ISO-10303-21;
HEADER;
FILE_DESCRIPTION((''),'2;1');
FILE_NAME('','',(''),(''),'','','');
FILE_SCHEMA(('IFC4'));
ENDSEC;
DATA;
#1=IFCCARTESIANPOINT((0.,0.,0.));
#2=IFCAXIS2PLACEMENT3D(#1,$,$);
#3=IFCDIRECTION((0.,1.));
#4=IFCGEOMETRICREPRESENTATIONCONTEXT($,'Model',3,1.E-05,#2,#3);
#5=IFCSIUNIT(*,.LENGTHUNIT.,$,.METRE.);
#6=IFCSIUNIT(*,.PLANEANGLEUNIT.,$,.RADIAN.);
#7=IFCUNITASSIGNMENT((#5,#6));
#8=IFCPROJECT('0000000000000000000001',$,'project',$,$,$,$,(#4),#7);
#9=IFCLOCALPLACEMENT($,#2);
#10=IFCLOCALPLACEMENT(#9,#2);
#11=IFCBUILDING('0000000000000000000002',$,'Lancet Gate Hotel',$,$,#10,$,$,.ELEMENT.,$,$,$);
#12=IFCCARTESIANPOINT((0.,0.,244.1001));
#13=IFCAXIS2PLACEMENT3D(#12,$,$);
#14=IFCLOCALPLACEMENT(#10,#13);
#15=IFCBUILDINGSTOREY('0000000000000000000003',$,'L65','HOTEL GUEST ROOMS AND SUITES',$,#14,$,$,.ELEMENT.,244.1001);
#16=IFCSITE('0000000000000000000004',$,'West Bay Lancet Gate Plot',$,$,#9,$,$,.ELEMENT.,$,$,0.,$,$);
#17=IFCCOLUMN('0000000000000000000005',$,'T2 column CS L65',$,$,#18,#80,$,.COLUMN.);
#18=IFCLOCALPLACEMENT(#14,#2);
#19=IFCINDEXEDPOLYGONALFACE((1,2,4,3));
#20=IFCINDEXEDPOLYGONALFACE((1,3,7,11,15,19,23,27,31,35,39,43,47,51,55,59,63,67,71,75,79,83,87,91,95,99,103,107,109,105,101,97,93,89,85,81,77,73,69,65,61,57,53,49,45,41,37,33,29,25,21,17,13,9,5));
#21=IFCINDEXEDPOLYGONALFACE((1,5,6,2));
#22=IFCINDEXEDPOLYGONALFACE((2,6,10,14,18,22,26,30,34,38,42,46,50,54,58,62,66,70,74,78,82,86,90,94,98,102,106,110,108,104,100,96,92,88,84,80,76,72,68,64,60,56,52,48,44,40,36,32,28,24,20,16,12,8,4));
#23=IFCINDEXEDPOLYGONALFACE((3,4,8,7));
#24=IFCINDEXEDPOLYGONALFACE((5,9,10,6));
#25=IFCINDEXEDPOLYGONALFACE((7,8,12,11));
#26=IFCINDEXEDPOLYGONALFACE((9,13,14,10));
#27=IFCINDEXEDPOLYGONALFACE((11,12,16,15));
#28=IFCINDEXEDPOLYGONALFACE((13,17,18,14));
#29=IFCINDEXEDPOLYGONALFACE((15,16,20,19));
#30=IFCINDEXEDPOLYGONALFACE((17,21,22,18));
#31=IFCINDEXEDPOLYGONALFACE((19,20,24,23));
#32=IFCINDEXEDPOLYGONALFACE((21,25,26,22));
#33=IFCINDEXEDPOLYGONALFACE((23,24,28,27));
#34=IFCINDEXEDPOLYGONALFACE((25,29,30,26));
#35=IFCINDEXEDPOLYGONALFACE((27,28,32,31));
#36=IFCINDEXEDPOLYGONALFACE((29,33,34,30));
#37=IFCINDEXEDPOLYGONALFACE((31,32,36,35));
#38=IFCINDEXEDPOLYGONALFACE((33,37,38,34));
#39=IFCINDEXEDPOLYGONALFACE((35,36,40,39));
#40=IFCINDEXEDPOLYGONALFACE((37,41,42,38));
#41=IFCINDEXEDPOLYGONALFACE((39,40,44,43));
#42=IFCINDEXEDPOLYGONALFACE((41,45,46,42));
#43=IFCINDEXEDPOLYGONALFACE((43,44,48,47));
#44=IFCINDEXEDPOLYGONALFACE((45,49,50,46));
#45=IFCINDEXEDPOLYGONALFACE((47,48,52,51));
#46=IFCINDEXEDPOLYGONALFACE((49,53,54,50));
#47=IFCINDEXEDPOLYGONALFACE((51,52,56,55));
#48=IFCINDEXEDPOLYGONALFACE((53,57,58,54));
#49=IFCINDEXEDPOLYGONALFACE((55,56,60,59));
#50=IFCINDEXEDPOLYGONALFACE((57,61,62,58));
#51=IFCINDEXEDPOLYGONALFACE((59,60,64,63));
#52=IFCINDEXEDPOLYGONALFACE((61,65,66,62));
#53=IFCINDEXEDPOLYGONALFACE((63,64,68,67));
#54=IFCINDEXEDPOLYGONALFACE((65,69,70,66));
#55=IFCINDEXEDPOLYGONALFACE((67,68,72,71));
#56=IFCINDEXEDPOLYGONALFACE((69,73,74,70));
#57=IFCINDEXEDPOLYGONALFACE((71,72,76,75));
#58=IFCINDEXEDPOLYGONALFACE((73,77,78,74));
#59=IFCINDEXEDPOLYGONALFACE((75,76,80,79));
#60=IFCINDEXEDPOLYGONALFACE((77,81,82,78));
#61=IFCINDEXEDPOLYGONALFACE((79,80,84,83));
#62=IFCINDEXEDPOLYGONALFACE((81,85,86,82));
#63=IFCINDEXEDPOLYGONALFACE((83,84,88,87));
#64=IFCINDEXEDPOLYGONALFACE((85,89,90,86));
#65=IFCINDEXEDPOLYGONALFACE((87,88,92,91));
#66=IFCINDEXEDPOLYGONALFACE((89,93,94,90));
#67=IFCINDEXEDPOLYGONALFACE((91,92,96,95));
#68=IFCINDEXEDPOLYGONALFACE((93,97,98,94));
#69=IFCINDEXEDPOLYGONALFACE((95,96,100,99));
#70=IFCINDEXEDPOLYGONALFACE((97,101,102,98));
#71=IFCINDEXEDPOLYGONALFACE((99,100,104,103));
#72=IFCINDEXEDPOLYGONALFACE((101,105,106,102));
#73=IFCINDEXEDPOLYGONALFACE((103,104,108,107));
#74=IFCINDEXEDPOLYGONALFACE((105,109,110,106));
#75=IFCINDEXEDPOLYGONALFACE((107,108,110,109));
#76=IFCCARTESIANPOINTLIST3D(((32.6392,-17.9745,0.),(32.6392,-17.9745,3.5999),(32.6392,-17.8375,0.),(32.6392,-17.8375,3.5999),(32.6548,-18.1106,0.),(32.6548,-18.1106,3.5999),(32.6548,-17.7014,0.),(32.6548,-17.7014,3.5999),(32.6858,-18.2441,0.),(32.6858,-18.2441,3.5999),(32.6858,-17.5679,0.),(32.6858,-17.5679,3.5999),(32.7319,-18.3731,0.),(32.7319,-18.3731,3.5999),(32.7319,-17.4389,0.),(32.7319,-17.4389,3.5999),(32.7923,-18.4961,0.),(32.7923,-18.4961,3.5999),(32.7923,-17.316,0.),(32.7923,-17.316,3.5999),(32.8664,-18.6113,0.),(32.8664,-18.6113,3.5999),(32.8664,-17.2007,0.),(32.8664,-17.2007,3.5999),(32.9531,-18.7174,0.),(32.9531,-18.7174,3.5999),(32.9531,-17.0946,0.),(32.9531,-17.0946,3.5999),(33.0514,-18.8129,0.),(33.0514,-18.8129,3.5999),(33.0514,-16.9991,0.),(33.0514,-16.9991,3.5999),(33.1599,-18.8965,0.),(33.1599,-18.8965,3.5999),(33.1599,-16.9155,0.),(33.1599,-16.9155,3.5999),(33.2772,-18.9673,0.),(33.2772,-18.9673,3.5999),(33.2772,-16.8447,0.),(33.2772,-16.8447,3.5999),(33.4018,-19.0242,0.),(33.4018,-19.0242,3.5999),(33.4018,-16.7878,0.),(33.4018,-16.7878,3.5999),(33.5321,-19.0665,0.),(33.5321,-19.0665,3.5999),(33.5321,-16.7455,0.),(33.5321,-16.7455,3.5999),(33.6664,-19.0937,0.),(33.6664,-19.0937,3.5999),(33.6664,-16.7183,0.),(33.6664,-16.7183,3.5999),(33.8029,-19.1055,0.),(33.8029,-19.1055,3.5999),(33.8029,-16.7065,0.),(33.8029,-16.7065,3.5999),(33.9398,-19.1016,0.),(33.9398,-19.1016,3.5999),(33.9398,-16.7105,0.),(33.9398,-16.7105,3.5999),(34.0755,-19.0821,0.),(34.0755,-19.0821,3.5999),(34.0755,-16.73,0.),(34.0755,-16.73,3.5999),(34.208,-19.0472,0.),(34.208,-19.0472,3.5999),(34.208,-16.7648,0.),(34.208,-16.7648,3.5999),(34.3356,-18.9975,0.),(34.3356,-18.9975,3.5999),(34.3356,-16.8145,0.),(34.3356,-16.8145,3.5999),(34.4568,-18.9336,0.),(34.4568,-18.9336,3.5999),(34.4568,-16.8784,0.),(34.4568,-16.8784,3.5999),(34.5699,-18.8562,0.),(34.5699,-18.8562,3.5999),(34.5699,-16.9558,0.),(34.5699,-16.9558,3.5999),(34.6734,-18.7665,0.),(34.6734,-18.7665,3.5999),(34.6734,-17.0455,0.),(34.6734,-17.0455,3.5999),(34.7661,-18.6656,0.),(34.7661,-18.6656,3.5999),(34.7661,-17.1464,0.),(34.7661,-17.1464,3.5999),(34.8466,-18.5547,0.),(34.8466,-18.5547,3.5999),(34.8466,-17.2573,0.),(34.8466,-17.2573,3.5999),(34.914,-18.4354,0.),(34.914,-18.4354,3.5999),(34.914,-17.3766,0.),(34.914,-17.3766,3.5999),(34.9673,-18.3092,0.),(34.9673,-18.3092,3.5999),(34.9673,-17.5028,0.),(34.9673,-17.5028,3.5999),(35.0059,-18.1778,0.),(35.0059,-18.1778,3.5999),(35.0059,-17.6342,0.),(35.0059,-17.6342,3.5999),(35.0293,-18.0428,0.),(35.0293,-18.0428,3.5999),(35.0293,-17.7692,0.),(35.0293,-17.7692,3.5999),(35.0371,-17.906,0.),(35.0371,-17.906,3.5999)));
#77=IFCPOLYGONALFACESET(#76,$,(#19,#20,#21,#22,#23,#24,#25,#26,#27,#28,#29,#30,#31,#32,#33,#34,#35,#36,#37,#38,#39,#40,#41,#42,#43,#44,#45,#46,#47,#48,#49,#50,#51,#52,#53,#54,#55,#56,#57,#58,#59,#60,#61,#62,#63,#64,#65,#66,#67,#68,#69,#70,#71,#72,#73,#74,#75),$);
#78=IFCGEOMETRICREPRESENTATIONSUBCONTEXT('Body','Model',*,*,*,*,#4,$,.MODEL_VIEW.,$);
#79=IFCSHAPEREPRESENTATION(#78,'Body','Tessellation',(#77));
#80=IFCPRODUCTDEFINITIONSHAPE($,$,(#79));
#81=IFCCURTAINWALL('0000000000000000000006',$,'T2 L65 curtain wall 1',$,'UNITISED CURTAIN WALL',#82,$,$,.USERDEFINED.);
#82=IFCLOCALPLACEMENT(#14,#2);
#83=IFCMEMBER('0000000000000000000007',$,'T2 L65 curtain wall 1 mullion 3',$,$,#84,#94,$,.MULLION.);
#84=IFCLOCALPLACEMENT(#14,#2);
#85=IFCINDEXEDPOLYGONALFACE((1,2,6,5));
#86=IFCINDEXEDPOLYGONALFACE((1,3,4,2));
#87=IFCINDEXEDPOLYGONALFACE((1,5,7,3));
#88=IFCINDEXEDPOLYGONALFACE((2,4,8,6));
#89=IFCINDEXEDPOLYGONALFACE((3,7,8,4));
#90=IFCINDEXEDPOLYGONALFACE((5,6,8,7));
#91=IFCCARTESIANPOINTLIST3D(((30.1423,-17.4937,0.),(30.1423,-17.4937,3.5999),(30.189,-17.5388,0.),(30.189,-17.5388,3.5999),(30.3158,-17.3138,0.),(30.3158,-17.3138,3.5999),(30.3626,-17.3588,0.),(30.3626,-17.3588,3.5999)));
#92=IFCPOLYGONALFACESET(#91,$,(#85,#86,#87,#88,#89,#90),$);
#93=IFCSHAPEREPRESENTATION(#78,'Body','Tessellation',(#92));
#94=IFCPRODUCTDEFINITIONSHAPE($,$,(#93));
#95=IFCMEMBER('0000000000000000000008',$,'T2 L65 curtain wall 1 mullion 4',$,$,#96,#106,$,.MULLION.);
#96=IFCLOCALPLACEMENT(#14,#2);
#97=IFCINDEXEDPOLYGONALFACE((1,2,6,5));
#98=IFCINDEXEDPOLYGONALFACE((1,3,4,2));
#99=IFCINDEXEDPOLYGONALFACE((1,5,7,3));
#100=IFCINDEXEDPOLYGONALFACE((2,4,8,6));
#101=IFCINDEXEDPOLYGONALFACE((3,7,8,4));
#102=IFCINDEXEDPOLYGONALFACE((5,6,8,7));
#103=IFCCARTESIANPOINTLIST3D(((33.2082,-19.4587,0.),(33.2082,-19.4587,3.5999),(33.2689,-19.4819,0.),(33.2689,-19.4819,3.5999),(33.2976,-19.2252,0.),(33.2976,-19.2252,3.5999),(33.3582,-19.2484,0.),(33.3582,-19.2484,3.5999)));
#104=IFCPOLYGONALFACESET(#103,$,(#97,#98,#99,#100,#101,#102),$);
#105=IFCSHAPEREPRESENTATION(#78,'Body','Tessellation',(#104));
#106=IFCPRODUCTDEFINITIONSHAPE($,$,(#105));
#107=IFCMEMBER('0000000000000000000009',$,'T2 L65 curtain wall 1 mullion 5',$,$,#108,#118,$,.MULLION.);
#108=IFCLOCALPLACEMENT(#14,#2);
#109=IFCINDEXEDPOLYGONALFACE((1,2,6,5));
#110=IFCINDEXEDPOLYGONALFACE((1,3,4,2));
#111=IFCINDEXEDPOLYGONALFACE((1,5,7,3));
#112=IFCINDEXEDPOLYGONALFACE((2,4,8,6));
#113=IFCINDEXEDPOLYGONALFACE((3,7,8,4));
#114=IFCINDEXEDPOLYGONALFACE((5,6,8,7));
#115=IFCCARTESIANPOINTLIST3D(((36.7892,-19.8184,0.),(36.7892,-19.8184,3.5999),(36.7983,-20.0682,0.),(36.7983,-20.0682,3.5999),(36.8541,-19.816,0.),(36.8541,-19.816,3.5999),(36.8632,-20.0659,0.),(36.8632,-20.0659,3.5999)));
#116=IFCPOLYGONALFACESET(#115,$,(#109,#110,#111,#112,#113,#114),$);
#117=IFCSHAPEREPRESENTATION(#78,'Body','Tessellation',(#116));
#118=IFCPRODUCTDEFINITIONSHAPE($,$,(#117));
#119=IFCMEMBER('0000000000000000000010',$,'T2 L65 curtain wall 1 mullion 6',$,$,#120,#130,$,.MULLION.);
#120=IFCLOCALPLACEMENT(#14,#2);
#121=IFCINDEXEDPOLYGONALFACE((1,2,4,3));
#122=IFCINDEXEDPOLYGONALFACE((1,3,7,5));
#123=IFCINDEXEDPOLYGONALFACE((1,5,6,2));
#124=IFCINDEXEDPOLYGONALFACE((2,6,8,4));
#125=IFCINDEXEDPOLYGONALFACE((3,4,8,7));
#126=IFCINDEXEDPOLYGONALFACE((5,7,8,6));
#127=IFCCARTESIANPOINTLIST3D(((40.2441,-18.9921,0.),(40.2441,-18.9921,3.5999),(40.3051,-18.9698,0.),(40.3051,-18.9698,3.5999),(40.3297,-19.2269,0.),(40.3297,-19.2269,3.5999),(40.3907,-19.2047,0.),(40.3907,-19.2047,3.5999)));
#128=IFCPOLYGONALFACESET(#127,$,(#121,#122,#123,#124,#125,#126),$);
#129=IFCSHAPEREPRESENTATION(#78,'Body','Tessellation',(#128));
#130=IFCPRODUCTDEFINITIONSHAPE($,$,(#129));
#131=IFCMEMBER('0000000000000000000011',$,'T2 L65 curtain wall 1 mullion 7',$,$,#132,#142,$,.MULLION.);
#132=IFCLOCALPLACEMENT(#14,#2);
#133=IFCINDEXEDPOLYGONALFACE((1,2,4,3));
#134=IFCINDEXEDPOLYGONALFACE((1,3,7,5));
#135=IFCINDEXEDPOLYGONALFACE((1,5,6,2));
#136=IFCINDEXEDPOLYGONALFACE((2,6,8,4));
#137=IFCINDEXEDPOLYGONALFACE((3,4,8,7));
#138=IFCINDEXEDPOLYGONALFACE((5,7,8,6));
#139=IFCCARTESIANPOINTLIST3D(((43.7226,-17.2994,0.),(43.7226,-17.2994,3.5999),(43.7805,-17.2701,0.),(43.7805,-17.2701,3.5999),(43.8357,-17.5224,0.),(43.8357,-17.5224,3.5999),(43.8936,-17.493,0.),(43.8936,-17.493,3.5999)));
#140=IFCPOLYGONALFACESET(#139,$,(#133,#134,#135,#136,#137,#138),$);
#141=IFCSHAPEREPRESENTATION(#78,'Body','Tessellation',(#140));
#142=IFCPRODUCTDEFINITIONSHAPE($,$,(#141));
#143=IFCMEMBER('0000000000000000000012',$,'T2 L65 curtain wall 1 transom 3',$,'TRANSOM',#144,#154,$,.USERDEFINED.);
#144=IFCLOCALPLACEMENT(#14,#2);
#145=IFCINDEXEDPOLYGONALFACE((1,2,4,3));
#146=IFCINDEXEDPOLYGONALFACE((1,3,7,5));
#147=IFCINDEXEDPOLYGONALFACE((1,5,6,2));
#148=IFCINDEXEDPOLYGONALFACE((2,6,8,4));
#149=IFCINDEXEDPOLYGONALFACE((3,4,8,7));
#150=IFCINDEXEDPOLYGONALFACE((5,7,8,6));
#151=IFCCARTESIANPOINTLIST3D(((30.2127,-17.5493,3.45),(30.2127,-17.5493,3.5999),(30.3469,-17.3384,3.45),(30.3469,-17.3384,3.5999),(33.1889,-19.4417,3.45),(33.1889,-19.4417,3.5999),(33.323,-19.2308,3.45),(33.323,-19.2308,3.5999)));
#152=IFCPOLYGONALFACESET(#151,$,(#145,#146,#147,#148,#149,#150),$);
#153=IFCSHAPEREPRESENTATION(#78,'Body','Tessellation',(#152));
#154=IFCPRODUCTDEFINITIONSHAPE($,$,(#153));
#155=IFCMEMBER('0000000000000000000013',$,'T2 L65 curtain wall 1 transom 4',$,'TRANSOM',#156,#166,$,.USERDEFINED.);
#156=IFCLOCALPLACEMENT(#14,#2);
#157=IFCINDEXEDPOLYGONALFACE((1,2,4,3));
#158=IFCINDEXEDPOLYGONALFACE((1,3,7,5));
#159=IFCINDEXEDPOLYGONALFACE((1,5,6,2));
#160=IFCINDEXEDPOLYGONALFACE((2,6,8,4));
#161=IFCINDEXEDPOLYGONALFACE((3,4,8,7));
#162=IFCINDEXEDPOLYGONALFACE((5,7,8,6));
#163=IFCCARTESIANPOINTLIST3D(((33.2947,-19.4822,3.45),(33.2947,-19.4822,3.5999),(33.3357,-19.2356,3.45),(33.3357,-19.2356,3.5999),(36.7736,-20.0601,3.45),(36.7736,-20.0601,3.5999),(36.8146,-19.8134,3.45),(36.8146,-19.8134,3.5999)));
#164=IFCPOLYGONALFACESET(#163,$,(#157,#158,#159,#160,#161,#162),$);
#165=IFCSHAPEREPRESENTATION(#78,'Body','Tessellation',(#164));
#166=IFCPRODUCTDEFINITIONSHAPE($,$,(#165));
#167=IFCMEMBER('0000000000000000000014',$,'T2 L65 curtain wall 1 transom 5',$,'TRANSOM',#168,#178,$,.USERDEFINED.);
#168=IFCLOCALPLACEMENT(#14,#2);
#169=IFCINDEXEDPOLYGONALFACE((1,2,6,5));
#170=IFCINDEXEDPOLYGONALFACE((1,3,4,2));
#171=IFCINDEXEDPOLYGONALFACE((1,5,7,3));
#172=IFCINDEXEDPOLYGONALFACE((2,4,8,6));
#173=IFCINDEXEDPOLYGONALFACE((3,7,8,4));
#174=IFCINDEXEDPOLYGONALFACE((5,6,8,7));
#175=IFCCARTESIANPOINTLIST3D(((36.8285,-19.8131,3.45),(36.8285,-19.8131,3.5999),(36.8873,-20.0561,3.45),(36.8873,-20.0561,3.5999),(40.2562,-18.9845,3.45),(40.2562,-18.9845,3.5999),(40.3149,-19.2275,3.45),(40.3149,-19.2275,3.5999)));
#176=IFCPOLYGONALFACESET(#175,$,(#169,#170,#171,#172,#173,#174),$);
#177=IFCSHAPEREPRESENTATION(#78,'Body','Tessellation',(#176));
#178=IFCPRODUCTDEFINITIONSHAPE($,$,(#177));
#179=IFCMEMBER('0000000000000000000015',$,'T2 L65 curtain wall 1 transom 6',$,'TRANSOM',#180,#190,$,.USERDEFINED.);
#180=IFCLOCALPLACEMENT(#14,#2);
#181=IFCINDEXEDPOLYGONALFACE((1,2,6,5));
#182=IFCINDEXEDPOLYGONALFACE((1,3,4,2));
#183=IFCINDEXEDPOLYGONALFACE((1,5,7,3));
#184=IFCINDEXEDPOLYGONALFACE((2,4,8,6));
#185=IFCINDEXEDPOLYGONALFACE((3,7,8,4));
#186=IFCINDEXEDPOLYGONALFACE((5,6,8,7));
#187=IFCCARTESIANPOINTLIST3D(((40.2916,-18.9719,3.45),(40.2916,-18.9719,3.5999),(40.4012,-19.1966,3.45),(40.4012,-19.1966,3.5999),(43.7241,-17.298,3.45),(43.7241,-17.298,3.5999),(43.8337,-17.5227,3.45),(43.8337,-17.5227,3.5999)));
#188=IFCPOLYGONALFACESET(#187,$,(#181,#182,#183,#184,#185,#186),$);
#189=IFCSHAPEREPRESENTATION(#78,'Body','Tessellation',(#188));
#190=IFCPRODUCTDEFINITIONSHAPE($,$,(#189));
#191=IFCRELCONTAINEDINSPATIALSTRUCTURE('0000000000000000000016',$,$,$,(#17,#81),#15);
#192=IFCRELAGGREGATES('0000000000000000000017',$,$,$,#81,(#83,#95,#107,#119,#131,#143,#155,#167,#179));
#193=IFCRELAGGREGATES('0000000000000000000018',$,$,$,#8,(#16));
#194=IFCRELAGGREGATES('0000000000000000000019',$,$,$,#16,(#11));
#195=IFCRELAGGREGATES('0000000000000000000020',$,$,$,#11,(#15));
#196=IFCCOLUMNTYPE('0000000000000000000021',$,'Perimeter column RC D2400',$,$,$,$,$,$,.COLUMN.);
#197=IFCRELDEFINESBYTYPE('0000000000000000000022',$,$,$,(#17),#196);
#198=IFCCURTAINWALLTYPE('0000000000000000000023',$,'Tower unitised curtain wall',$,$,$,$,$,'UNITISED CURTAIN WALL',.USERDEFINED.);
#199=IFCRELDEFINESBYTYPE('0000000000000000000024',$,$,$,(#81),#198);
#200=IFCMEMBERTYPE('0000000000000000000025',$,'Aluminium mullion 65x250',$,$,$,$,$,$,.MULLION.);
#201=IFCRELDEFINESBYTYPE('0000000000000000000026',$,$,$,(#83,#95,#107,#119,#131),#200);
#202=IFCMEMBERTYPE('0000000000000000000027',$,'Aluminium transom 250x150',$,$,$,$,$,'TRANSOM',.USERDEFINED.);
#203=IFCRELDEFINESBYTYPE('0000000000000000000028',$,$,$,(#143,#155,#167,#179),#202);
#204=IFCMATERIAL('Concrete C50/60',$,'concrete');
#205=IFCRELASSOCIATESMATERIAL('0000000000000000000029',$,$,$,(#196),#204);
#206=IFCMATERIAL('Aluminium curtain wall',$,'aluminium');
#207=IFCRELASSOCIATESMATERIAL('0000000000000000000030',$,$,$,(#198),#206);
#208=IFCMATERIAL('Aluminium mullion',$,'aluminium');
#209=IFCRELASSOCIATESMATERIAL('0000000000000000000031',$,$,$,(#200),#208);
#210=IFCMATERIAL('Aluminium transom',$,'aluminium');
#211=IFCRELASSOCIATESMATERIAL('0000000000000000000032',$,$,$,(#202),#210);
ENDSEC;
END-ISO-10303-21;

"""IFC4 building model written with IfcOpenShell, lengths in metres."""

from ifc_helpers import new_model, si_unit, direction, frame, origin, origin_2d, place, context, subcontext, project, spatial, rectangle, circle, extrude, material, material_profile, profile_set, type_object, element, aggregate, save


model = new_model("IFC4")

# Units and contexts
model_context = context("Model", 3, precision=1e-05, world=origin(), true_north=direction((0.0, 1.0)))
body_context = subcontext(model_context, "Body", "Model", "MODEL_VIEW")
ifc_project = project(units=[si_unit("LENGTHUNIT", "METRE"), si_unit("PLANEANGLEUNIT", "RADIAN")], contexts=[model_context])

# Site, building, storey
site_placement = place(None, origin())
site = spatial("IfcSite", under=ifc_project, at=site_placement, Name="West Bay Lancet Gate Plot", CompositionType="ELEMENT", RefElevation=0.0)
building_placement = place(site_placement, origin())
building = spatial("IfcBuilding", under=site, at=building_placement, Name="Lancet Gate Hotel", CompositionType="ELEMENT")
storey_placement = place(building_placement, frame((0.0, 0.0, 244.1001)))
storey = spatial("IfcBuildingStorey", under=building, at=storey_placement, Name="L65", Description="HOTEL GUEST ROOMS AND SUITES", CompositionType="ELEMENT", Elevation=244.1001)

# Column
ifc_material_1 = material(Name="Concrete C50/60", Category="concrete")
ifc_material_profile_1 = material_profile(ifc_material_1, circle(Radius=1.2, at=origin_2d()), Name="RC D2400")
ifc_profile_set_1 = profile_set([ifc_material_profile_1], Name="Concrete C50/60")
column_type = type_object("IfcColumnType", Name="Perimeter column RC D2400", PredefinedType="COLUMN", material=ifc_profile_set_1)
column_placement = place(storey_placement, frame((33.8372, -17.906, 0.0), z_axis=(0.0, 0.0, 1.0), x_axis=(1.0, 0.0, 0.0)))
element("IfcColumn", 1, at=column_placement, inside=storey, type_object=column_type, Name="T2 column CS L65", PredefinedType="COLUMN", context=body_context, shape_type="SweptSolid", body=[
    extrude(circle(Radius=1.2, at=origin_2d()), origin(), (0.0, 0.0, 1.0), 3.5999),
])

# Curtain wall, members
ifc_material_2 = material(Name="Aluminium curtain wall", Category="aluminium")
curtain_wall_type = type_object("IfcCurtainWallType", Name="Tower unitised curtain wall", ElementType="UNITISED CURTAIN WALL", PredefinedType="USERDEFINED", material=ifc_material_2)
curtain_wall_placement = place(storey_placement, origin())
curtain_wall = element("IfcCurtainWall", 2, at=curtain_wall_placement, inside=storey, type_object=curtain_wall_type, Name="T2 L65 curtain wall 1", ObjectType="UNITISED CURTAIN WALL", PredefinedType="USERDEFINED")
ifc_material_3 = material(Name="Aluminium mullion", Category="aluminium")
ifc_material_profile_2 = material_profile(ifc_material_3, rectangle(XDim=0.0649, YDim=0.25, at=origin_2d()), Name="MULLION 65x250")
ifc_profile_set_2 = profile_set([ifc_material_profile_2], Name="Aluminium mullion")
member_type_1 = type_object("IfcMemberType", Name="Aluminium mullion 65x250", PredefinedType="MULLION", material=ifc_profile_set_2)
member_1_placement = place(storey_placement, frame((30.2524, -17.4263, 0.0), z_axis=(0.0, 0.0, 1.0), x_axis=(0.719809, -0.694172, 0.0)))
member_1 = element("IfcMember", 3, at=member_1_placement, type_object=member_type_1, Name="T2 L65 curtain wall 1 mullion 3", PredefinedType="MULLION", context=body_context, shape_type="SweptSolid", body=[
    extrude(rectangle(XDim=0.0649, YDim=0.25, at=origin_2d()), origin(), (0.0, 0.0, 1.0), 3.5999),
])
member_2_placement = place(storey_placement, frame((33.2832, -19.3535, 0.0), z_axis=(0.0, 0.0, 1.0), x_axis=(0.933943, -0.357421, 0.0)))
member_2 = element("IfcMember", 4, at=member_2_placement, type_object=member_type_1, Name="T2 L65 curtain wall 1 mullion 4", PredefinedType="MULLION", context=body_context, shape_type="SweptSolid", body=[
    extrude(rectangle(XDim=0.0649, YDim=0.25, at=origin_2d()), origin(), (0.0, 0.0, 1.0), 3.5999),
])
member_3_placement = place(storey_placement, frame((36.8262, -19.9421, 0.0), z_axis=(0.0, 0.0, 1.0), x_axis=(0.999343, 0.03625, 0.0)))
member_3 = element("IfcMember", 5, at=member_3_placement, type_object=member_type_1, Name="T2 L65 curtain wall 1 mullion 5", PredefinedType="MULLION", context=body_context, shape_type="SweptSolid", body=[
    extrude(rectangle(XDim=0.0649, YDim=0.25, at=origin_2d()), origin(), (0.0, 0.0, 1.0), 3.5999),
])
member_4_placement = place(storey_placement, frame((40.3174, -19.0984, 0.0), z_axis=(0.0, 0.0, 1.0), x_axis=(0.939484, 0.342593, 0.0)))
member_4 = element("IfcMember", 6, at=member_4_placement, type_object=member_type_1, Name="T2 L65 curtain wall 1 mullion 6", PredefinedType="MULLION", context=body_context, shape_type="SweptSolid", body=[
    extrude(rectangle(XDim=0.0649, YDim=0.25, at=origin_2d()), origin(), (0.0, 0.0, 1.0), 3.5999),
])
member_5_placement = place(storey_placement, frame((43.8081, -17.3962, 0.0), z_axis=(0.0, 0.0, 1.0), x_axis=(0.891833, 0.452365, 0.0)))
member_5 = element("IfcMember", 7, at=member_5_placement, type_object=member_type_1, Name="T2 L65 curtain wall 1 mullion 7", PredefinedType="MULLION", context=body_context, shape_type="SweptSolid", body=[
    extrude(rectangle(XDim=0.0649, YDim=0.25, at=origin_2d()), origin(), (0.0, 0.0, 1.0), 3.5999),
])
ifc_material_4 = material(Name="Aluminium transom", Category="aluminium")
ifc_material_profile_3 = material_profile(ifc_material_4, rectangle(XDim=0.25, YDim=0.1499, at=origin_2d()), Name="TRANSOM 250x150")
ifc_profile_set_3 = profile_set([ifc_material_profile_3], Name="Aluminium transom")
member_type_2 = type_object("IfcMemberType", Name="Aluminium transom 250x150", ElementType="TRANSOM", PredefinedType="USERDEFINED", material=ifc_profile_set_3)
member_6_placement = place(storey_placement, frame((30.2798, -17.4438, 3.5249), z_axis=(0.843858, -0.536566, 0.0), x_axis=(0.536566, 0.843858, 0.0)))
member_6 = element("IfcMember", 8, at=member_6_placement, type_object=member_type_2, Name="T2 L65 curtain wall 1 transom 3", ObjectType="TRANSOM", PredefinedType="USERDEFINED", context=body_context, shape_type="SweptSolid", body=[
    extrude(rectangle(XDim=0.25, YDim=0.1499, at=origin_2d()), origin(), (0.0, 0.0, 1.0), 3.5269),
])
member_7_placement = place(storey_placement, frame((33.3152, -19.3589, 3.5249), z_axis=(0.986484, -0.16386, 0.0), x_axis=(0.16386, 0.986484, 0.0)))
member_7 = element("IfcMember", 9, at=member_7_placement, type_object=member_type_2, Name="T2 L65 curtain wall 1 transom 4", ObjectType="TRANSOM", PredefinedType="USERDEFINED", context=body_context, shape_type="SweptSolid", body=[
    extrude(rectangle(XDim=0.25, YDim=0.1499, at=origin_2d()), origin(), (0.0, 0.0, 1.0), 3.5266),
])
member_8_placement = place(storey_placement, frame((36.8579, -19.9346, 3.5249), z_axis=(0.972003, 0.23497, 0.0), x_axis=(-0.23497, 0.972003, 0.0)))
member_8 = element("IfcMember", 10, at=member_8_placement, type_object=member_type_2, Name="T2 L65 curtain wall 1 transom 5", ObjectType="TRANSOM", PredefinedType="USERDEFINED", context=body_context, shape_type="SweptSolid", body=[
    extrude(rectangle(XDim=0.25, YDim=0.1499, at=origin_2d()), origin(), (0.0, 0.0, 1.0), 3.5264),
])
member_9_placement = place(storey_placement, frame((40.3464, -19.0842, 3.5249), z_axis=(0.89882, 0.438318, 0.0), x_axis=(-0.438318, 0.89882, 0.0)))
member_9 = element("IfcMember", 11, at=member_9_placement, type_object=member_type_2, Name="T2 L65 curtain wall 1 transom 6", ObjectType="TRANSOM", PredefinedType="USERDEFINED", context=body_context, shape_type="SweptSolid", body=[
    extrude(rectangle(XDim=0.25, YDim=0.1499, at=origin_2d()), origin(), (0.0, 0.0, 1.0), 3.8188),
])

aggregate(curtain_wall, [member_1, member_2, member_3, member_4, member_5, member_6, member_7, member_8, member_9])

save(model, "model.ifc")
